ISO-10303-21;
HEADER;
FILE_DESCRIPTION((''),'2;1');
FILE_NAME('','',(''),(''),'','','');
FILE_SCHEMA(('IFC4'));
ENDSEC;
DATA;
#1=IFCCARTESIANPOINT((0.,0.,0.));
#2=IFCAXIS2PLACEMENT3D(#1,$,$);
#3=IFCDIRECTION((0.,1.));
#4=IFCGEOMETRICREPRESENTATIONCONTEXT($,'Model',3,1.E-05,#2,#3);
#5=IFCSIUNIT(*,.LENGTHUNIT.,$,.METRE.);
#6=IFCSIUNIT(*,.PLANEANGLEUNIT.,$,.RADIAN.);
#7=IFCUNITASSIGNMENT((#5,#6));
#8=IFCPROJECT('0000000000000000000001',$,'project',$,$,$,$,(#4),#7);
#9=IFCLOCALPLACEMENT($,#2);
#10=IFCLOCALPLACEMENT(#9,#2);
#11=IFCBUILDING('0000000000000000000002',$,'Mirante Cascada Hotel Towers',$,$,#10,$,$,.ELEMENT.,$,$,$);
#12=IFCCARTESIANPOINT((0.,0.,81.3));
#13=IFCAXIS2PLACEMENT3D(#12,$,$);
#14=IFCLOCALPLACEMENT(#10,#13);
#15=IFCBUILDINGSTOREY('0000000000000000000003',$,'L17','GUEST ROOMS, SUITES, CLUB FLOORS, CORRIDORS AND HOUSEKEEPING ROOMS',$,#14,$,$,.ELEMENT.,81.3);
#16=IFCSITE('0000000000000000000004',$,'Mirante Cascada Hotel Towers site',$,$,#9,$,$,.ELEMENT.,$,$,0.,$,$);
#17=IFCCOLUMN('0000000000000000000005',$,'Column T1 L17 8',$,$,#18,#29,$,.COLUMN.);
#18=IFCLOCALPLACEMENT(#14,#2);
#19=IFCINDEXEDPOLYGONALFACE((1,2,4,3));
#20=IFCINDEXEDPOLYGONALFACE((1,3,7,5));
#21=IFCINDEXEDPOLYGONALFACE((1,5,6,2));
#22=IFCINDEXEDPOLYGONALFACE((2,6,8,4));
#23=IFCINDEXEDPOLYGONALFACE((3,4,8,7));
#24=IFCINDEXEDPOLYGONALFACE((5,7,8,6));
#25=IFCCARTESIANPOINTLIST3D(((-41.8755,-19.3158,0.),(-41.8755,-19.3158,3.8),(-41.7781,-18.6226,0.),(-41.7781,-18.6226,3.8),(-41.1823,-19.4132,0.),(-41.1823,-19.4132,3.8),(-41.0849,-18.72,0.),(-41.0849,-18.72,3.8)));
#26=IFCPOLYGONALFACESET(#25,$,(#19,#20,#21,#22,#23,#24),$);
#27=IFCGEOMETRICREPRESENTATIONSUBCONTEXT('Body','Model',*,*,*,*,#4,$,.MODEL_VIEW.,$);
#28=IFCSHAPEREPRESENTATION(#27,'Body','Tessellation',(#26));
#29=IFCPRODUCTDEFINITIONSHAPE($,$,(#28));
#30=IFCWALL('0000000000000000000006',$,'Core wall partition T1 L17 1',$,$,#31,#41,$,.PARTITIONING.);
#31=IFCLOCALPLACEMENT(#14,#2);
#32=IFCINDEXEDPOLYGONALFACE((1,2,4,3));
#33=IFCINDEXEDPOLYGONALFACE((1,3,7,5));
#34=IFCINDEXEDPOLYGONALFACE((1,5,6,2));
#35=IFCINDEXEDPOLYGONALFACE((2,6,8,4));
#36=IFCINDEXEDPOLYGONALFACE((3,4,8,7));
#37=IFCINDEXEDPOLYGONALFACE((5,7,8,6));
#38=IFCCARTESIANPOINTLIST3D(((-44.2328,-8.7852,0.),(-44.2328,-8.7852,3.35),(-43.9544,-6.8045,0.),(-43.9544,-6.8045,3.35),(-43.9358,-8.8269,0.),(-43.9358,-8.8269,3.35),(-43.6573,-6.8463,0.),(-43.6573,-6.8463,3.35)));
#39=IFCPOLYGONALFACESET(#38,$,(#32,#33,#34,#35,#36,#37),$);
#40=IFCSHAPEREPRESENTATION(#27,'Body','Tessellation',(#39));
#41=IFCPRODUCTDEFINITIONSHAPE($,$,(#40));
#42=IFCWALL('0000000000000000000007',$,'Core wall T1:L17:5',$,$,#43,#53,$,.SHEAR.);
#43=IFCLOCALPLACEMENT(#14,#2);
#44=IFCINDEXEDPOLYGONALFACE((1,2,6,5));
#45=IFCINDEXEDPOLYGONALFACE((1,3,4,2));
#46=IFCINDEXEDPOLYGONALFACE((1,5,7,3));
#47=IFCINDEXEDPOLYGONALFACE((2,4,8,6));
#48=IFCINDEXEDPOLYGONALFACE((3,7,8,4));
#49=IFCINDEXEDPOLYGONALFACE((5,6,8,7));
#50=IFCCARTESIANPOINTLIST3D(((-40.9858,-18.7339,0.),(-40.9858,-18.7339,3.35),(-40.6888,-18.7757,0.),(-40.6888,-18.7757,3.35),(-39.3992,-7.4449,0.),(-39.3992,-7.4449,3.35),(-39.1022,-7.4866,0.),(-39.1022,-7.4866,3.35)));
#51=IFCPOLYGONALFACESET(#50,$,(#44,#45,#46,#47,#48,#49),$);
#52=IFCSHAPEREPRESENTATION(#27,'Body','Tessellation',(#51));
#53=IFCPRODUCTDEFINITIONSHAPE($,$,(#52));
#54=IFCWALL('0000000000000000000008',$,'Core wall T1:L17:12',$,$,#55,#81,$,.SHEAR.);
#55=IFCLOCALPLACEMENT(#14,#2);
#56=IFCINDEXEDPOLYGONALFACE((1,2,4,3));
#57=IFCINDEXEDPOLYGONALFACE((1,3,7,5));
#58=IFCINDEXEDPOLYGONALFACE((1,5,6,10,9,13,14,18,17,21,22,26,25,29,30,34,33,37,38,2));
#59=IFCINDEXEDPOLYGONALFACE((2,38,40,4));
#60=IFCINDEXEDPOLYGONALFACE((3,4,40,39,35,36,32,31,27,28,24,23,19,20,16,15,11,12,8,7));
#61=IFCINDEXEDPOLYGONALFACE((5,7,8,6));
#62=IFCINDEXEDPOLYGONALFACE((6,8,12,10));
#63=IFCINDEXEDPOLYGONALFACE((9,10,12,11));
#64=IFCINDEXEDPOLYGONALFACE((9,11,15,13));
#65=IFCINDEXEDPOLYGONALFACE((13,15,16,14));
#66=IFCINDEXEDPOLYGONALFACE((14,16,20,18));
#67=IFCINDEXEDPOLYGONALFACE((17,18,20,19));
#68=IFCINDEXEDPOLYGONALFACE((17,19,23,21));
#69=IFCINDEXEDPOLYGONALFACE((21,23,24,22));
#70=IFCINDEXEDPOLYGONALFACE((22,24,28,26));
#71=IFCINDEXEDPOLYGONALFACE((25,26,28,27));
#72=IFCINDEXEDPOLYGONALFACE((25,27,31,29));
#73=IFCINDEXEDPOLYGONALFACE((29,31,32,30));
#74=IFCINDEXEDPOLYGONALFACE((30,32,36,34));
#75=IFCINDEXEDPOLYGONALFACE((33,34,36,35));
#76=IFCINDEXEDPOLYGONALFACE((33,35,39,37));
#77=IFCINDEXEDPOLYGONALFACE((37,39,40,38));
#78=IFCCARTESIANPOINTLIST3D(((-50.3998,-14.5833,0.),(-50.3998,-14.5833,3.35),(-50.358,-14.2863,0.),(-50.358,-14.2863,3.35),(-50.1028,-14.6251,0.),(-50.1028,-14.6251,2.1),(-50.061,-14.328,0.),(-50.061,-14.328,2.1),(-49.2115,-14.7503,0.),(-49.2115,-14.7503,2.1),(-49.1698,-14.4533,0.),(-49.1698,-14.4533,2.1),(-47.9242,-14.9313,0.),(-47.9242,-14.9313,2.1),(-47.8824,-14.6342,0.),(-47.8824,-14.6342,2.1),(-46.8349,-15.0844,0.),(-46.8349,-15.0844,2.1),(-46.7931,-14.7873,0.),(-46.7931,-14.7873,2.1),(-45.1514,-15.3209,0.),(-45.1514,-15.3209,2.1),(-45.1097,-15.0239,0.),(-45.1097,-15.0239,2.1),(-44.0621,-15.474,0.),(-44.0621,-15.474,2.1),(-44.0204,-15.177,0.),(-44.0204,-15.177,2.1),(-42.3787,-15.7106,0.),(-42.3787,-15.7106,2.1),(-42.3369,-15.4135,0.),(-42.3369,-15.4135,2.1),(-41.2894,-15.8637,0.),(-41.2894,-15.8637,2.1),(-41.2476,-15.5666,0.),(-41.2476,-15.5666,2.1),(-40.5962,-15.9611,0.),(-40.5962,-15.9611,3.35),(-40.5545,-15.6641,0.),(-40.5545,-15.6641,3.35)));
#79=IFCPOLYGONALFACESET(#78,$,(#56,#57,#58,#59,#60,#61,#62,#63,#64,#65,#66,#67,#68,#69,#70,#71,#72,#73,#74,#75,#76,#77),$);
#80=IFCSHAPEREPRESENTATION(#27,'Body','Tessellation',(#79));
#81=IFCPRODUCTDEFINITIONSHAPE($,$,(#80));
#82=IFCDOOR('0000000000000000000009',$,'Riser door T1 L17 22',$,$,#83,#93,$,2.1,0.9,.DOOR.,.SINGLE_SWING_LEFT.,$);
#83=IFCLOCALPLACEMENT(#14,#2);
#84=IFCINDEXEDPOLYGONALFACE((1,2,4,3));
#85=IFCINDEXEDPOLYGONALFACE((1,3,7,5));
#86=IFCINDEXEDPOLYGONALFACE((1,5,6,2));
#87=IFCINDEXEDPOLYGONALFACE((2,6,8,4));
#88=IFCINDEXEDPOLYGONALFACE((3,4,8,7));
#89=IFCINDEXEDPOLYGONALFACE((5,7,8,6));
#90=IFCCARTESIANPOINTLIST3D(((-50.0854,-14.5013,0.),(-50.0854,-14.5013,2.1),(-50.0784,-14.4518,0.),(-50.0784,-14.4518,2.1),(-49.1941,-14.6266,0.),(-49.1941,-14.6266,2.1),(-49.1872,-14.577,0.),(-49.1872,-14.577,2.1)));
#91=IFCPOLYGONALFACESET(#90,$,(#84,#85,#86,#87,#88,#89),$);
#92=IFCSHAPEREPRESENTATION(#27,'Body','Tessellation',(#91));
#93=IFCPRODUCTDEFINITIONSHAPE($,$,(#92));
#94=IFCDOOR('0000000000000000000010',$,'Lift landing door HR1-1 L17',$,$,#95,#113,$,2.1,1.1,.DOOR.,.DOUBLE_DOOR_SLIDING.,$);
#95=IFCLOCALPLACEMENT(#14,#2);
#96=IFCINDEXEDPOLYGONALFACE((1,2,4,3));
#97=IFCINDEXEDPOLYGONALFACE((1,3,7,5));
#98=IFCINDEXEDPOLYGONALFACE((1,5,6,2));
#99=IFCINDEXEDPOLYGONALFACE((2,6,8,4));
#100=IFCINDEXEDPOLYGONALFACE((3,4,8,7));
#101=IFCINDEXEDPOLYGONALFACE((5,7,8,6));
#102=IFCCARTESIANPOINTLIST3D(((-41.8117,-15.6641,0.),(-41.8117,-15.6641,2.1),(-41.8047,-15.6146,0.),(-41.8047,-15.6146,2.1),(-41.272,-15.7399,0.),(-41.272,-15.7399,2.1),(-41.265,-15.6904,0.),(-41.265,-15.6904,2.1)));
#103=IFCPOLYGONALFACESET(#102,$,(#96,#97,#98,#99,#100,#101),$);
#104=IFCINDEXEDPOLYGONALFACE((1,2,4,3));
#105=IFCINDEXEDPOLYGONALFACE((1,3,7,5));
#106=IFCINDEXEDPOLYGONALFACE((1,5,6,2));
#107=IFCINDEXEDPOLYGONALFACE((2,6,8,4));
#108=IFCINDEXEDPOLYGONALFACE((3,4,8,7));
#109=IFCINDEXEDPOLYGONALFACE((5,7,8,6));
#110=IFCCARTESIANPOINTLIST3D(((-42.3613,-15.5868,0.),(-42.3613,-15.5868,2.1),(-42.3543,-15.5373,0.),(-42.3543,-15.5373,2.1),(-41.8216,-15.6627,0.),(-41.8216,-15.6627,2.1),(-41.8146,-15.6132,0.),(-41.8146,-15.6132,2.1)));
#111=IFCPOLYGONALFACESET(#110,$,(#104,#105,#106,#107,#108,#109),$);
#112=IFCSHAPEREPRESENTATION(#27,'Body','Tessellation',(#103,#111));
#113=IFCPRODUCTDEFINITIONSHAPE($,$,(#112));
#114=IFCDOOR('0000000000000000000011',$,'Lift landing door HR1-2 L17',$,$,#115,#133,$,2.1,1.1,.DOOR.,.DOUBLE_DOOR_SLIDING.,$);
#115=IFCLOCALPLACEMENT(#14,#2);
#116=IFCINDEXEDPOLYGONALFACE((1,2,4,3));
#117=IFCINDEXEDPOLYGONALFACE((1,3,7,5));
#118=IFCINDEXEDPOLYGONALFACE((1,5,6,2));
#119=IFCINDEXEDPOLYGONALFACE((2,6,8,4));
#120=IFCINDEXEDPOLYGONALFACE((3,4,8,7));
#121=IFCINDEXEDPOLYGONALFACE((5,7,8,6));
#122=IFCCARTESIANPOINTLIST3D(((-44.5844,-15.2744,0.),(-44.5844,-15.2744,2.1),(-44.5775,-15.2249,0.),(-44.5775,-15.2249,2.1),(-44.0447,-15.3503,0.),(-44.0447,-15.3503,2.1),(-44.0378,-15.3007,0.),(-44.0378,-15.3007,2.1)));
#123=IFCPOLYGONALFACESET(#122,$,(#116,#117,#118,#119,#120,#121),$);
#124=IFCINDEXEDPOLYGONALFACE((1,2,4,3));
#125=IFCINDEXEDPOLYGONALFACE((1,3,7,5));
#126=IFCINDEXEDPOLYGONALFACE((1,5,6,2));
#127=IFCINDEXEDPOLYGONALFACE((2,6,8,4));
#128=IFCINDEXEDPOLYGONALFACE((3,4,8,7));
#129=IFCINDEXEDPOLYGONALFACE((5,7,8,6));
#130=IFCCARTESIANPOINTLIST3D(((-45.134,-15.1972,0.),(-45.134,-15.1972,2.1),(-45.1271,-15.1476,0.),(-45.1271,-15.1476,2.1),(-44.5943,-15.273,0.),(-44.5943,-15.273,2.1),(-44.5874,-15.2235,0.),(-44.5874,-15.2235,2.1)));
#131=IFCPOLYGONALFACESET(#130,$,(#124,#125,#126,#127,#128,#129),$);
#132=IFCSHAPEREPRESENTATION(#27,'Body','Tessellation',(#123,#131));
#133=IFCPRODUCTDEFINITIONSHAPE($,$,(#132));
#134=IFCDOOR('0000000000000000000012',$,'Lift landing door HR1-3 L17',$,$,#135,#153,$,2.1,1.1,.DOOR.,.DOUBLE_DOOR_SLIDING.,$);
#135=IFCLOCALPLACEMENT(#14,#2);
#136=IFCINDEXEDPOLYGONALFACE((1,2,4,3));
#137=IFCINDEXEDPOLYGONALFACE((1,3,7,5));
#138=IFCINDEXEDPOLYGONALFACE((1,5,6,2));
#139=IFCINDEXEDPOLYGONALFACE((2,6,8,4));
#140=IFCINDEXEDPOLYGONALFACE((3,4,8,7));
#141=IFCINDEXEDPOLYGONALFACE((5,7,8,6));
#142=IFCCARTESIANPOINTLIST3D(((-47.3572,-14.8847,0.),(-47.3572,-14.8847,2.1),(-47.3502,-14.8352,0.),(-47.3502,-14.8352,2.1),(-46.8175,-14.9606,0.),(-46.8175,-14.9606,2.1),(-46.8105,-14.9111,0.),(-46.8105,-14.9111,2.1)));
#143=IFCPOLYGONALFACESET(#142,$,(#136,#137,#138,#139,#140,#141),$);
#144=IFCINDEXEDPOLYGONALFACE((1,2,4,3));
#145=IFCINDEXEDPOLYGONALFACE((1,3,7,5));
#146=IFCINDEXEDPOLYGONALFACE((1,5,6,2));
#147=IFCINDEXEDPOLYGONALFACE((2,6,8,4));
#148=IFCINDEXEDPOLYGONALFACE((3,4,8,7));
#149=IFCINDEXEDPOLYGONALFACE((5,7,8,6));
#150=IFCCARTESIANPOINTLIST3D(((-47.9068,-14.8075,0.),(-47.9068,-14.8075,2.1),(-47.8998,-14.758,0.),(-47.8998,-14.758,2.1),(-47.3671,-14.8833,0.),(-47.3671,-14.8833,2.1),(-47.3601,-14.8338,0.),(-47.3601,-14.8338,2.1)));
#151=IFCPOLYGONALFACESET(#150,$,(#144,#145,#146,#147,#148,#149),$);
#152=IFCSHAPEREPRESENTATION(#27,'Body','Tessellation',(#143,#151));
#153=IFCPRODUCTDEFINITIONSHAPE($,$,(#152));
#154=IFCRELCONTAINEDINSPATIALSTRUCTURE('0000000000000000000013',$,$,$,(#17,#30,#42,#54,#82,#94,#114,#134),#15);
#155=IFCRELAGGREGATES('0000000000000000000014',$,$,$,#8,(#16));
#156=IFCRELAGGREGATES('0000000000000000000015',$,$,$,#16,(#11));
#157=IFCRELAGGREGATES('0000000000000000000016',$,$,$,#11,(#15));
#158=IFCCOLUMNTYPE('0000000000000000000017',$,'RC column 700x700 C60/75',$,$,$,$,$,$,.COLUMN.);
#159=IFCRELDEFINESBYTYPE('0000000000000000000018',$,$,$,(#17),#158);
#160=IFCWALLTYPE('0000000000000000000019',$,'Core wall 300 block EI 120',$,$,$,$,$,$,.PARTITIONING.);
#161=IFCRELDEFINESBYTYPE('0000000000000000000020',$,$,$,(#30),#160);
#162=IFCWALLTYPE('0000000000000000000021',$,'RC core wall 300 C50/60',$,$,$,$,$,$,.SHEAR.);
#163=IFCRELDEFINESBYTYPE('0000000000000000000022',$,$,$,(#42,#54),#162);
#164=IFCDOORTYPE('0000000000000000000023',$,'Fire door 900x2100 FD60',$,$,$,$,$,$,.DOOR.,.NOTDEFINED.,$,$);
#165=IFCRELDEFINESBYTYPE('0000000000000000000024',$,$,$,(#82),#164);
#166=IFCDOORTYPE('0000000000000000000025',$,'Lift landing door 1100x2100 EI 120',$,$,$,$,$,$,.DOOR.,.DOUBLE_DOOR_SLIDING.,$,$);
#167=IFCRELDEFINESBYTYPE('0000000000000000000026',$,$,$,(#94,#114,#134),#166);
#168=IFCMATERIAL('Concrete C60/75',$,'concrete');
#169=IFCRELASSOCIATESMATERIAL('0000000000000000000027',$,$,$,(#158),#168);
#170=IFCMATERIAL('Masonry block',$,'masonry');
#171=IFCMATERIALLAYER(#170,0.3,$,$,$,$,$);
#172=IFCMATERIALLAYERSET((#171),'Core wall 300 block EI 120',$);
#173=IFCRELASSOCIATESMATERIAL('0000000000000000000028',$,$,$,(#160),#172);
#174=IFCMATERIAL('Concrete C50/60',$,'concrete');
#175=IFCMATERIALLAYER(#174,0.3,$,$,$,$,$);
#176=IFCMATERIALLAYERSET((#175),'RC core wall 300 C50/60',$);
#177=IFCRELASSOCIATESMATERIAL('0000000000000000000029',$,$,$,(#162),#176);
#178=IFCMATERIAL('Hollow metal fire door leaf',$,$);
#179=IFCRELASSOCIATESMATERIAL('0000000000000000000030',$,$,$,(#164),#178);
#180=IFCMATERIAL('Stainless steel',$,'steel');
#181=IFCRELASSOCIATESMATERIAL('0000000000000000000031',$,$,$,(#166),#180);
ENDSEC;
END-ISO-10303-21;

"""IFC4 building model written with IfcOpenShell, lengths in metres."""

from ifc_helpers import new_model, si_unit, direction, frame, frame_2d, origin, origin_2d, place, context, subcontext, project, spatial, rectangle, extrude, material, layer, layer_set, material_profile, profile_set, type_object, element, fill, save


model = new_model("IFC4")

# Units and contexts
model_context = context("Model", 3, precision=1e-05, world=origin(), true_north=direction((0.0, 1.0)))
body_context = subcontext(model_context, "Body", "Model", "MODEL_VIEW")
ifc_project = project(units=[si_unit("LENGTHUNIT", "METRE"), si_unit("PLANEANGLEUNIT", "RADIAN")], contexts=[model_context])

# Site, building, storey
site_placement = place(None, origin())
site = spatial("IfcSite", under=ifc_project, at=site_placement, Name="Mirante Cascada Hotel Towers site", CompositionType="ELEMENT", RefElevation=0.0)
building_placement = place(site_placement, origin())
building = spatial("IfcBuilding", under=site, at=building_placement, Name="Mirante Cascada Hotel Towers", CompositionType="ELEMENT")
storey_placement = place(building_placement, frame((0.0, 0.0, 81.3)))
storey = spatial("IfcBuildingStorey", under=building, at=storey_placement, Name="L17", Description="GUEST ROOMS, SUITES, CLUB FLOORS, CORRIDORS AND HOUSEKEEPING ROOMS", CompositionType="ELEMENT", Elevation=81.3)

# Column
ifc_material_1 = material(Name="Concrete C60/75", Category="concrete")
ifc_material_profile = material_profile(ifc_material_1, rectangle(XDim=0.7, YDim=0.7, at=origin_2d()), Name="RC column 700x700 C60/75")
ifc_profile_set = profile_set([ifc_material_profile], Name="Concrete C60/75")
column_type = type_object("IfcColumnType", Name="RC column 700x700 C60/75", PredefinedType="COLUMN", material=ifc_profile_set)
column_placement = place(storey_placement, frame((-41.4802, -19.0179, 0.0), z_axis=(0.0, 0.0, 1.0), x_axis=(-0.990268, 0.139173, 0.0)))
element("IfcColumn", 1, at=column_placement, inside=storey, type_object=column_type, Name="Column T1 L17 8", PredefinedType="COLUMN", context=body_context, shape_type="SweptSolid", body=[
    extrude(rectangle(XDim=0.7, YDim=0.7, at=origin_2d()), origin(), (0.0, 0.0, 1.0), 3.8),
])

# Walls
ifc_material_2 = material(Name="Masonry block", Category="masonry")
ifc_layer_1 = layer(ifc_material_2, 0.3)
ifc_layer_set_1 = layer_set([ifc_layer_1], Name="Core wall 300 block EI 120")
wall_type_1 = type_object("IfcWallType", Name="Core wall 300 block EI 120", PredefinedType="PARTITIONING", material=ifc_layer_set_1)
wall_1_placement = place(storey_placement, frame((-44.0843, -8.8061, 0.0), z_axis=(0.0, 0.0, 1.0), x_axis=(0.139195, 0.990265, 0.0)))
element("IfcWall", 2, at=wall_1_placement, inside=storey, type_object=wall_type_1, Name="Core wall partition T1 L17 1", PredefinedType="PARTITIONING", context=body_context, shape_type="SweptSolid", body=[
    extrude(rectangle(XDim=2.0001, YDim=0.3, at=frame_2d((1.0001, 0.0))), origin(), (0.0, 0.0, 1.0), 3.35),
])
ifc_material_3 = material(Name="Concrete C50/60", Category="concrete")
ifc_layer_2 = layer(ifc_material_3, 0.3)
ifc_layer_set_2 = layer_set([ifc_layer_2], Name="RC core wall 300 C50/60")
wall_type_2 = type_object("IfcWallType", Name="RC core wall 300 C50/60", PredefinedType="SHEAR", material=ifc_layer_set_2)
wall_2_placement = place(storey_placement, frame((-40.8373, -18.7548, 0.0), z_axis=(0.0, 0.0, 1.0), x_axis=(0.139175, 0.990268, 0.0)))
element("IfcWall", 3, at=wall_2_placement, inside=storey, type_object=wall_type_2, Name="Core wall T1:L17:5", PredefinedType="SHEAR", context=body_context, shape_type="SweptSolid", body=[
    extrude(rectangle(XDim=11.4, YDim=0.3, at=frame_2d((5.7, 0.0))), origin(), (0.0, 0.0, 1.0), 3.35),
])

# Wall, openings, doors
wall_3_placement = place(storey_placement, frame((-40.5753, -15.8126, 0.0), z_axis=(0.0, 0.0, 1.0), x_axis=(-0.990268, 0.139173, 0.0)))
wall_3 = element("IfcWall", 4, at=wall_3_placement, inside=storey, type_object=wall_type_2, Name="Core wall T1:L17:12", PredefinedType="SHEAR", context=body_context, shape_type="SweptSolid", body=[
    extrude(rectangle(XDim=9.8999, YDim=0.3, at=frame_2d((4.95, 0.0))), origin(), (0.0, 0.0, 1.0), 3.35),
])
opening_1_placement = place(wall_3_placement, frame((0.7, 0.0, 0.0)))
opening_1 = element("IfcOpeningElement", 5, at=opening_1_placement, cuts=wall_3, PredefinedType="OPENING", context=body_context, shape_type="SweptSolid", body=[
    extrude(rectangle(XDim=1.1, YDim=2.1, at=frame_2d((0.55, 1.05))), frame((0.0, 0.15, 0.0), z_axis=(0.0, -1.0, 0.0), x_axis=(1.0, 0.0, 0.0)), (0.0, 0.0, 1.0), 0.3),
])
opening_2_placement = place(wall_3_placement, frame((3.5, 0.0, 0.0)))
opening_2 = element("IfcOpeningElement", 6, at=opening_2_placement, cuts=wall_3, PredefinedType="OPENING", context=body_context, shape_type="SweptSolid", body=[
    extrude(rectangle(XDim=1.1, YDim=2.1, at=frame_2d((0.55, 1.05))), frame((0.0, 0.15, 0.0), z_axis=(0.0, -1.0, 0.0), x_axis=(1.0, 0.0, 0.0)), (0.0, 0.0, 1.0), 0.3),
])
opening_3_placement = place(wall_3_placement, frame((6.3, 0.0, 0.0)))
opening_3 = element("IfcOpeningElement", 7, at=opening_3_placement, cuts=wall_3, PredefinedType="OPENING", context=body_context, shape_type="SweptSolid", body=[
    extrude(rectangle(XDim=1.1, YDim=2.1, at=frame_2d((0.55, 1.05))), frame((0.0, 0.15, 0.0), z_axis=(0.0, -1.0, 0.0), x_axis=(1.0, 0.0, 0.0)), (0.0, 0.0, 1.0), 0.3),
])
opening_4_placement = place(wall_3_placement, frame((8.7, 0.0, 0.0)))
opening_4 = element("IfcOpeningElement", 8, at=opening_4_placement, cuts=wall_3, PredefinedType="OPENING", context=body_context, shape_type="SweptSolid", body=[
    extrude(rectangle(XDim=0.9, YDim=2.1, at=frame_2d((0.45, 1.05))), frame((0.0, 0.15, 0.0), z_axis=(0.0, -1.0, 0.0), x_axis=(1.0, 0.0, 0.0)), (0.0, 0.0, 1.0), 0.3),
])
ifc_material_4 = material(Name="Hollow metal fire door leaf")
door_type_1 = type_object("IfcDoorType", Name="Fire door 900x2100 FD60", OperationType="NOTDEFINED", PredefinedType="DOOR", material=ifc_material_4)
door_1_placement = place(opening_4_placement, origin())
door_1 = element("IfcDoor", 9, at=door_1_placement, inside=storey, type_object=door_type_1, Name="Riser door T1 L17 22", OperationType="SINGLE_SWING_LEFT", OverallHeight=2.1, OverallWidth=0.9, PredefinedType="DOOR", context=body_context, shape_type="SweptSolid", body=[
    extrude(rectangle(XDim=0.9, YDim=2.1, at=frame_2d((0.45, 1.05))), frame((0.0, 0.025, 0.0), z_axis=(0.0, -1.0, 0.0), x_axis=(1.0, 0.0, 0.0)), (0.0, 0.0, 1.0), 0.05),
])
fill(opening_4, door_1)
ifc_material_5 = material(Name="Stainless steel", Category="steel")
door_type_2 = type_object("IfcDoorType", Name="Lift landing door 1100x2100 EI 120", OperationType="DOUBLE_DOOR_SLIDING", PredefinedType="DOOR", material=ifc_material_5)
door_2_placement = place(opening_1_placement, origin())
door_2 = element("IfcDoor", 10, at=door_2_placement, inside=storey, type_object=door_type_2, Name="Lift landing door HR1-1 L17", OperationType="DOUBLE_DOOR_SLIDING", OverallHeight=2.1, OverallWidth=1.1, PredefinedType="DOOR", context=body_context, shape_type="SweptSolid", body=[
    extrude(rectangle(XDim=0.545, YDim=2.1, at=frame_2d((0.2725, 1.05))), frame((0.0, 0.025, 0.0), z_axis=(0.0, -1.0, 0.0), x_axis=(1.0, 0.0, 0.0)), (0.0, 0.0, 1.0), 0.05),
    extrude(rectangle(XDim=0.545, YDim=2.1, at=frame_2d((0.8275, 1.05))), frame((0.0, 0.025, 0.0), z_axis=(0.0, -1.0, 0.0), x_axis=(1.0, 0.0, 0.0)), (0.0, 0.0, 1.0), 0.05),
])
fill(opening_1, door_2)
door_3_placement = place(opening_2_placement, origin())
door_3 = element("IfcDoor", 11, at=door_3_placement, inside=storey, type_object=door_type_2, Name="Lift landing door HR1-2 L17", OperationType="DOUBLE_DOOR_SLIDING", OverallHeight=2.1, OverallWidth=1.1, PredefinedType="DOOR", context=body_context, shape_type="SweptSolid", body=[
    extrude(rectangle(XDim=0.545, YDim=2.1, at=frame_2d((0.2725, 1.05))), frame((0.0, 0.025, 0.0), z_axis=(0.0, -1.0, 0.0), x_axis=(1.0, 0.0, 0.0)), (0.0, 0.0, 1.0), 0.05),
    extrude(rectangle(XDim=0.545, YDim=2.1, at=frame_2d((0.8275, 1.05))), frame((0.0, 0.025, 0.0), z_axis=(0.0, -1.0, 0.0), x_axis=(1.0, 0.0, 0.0)), (0.0, 0.0, 1.0), 0.05),
])
fill(opening_2, door_3)
door_4_placement = place(opening_3_placement, origin())
door_4 = element("IfcDoor", 12, at=door_4_placement, inside=storey, type_object=door_type_2, Name="Lift landing door HR1-3 L17", OperationType="DOUBLE_DOOR_SLIDING", OverallHeight=2.1, OverallWidth=1.1, PredefinedType="DOOR", context=body_context, shape_type="SweptSolid", body=[
    extrude(rectangle(XDim=0.545, YDim=2.1, at=frame_2d((0.2725, 1.05))), frame((0.0, 0.025, 0.0), z_axis=(0.0, -1.0, 0.0), x_axis=(1.0, 0.0, 0.0)), (0.0, 0.0, 1.0), 0.05),
    extrude(rectangle(XDim=0.545, YDim=2.1, at=frame_2d((0.8275, 1.05))), frame((0.0, 0.025, 0.0), z_axis=(0.0, -1.0, 0.0), x_axis=(1.0, 0.0, 0.0)), (0.0, 0.0, 1.0), 0.05),
])
fill(opening_3, door_4)

save(model, "model.ifc")
